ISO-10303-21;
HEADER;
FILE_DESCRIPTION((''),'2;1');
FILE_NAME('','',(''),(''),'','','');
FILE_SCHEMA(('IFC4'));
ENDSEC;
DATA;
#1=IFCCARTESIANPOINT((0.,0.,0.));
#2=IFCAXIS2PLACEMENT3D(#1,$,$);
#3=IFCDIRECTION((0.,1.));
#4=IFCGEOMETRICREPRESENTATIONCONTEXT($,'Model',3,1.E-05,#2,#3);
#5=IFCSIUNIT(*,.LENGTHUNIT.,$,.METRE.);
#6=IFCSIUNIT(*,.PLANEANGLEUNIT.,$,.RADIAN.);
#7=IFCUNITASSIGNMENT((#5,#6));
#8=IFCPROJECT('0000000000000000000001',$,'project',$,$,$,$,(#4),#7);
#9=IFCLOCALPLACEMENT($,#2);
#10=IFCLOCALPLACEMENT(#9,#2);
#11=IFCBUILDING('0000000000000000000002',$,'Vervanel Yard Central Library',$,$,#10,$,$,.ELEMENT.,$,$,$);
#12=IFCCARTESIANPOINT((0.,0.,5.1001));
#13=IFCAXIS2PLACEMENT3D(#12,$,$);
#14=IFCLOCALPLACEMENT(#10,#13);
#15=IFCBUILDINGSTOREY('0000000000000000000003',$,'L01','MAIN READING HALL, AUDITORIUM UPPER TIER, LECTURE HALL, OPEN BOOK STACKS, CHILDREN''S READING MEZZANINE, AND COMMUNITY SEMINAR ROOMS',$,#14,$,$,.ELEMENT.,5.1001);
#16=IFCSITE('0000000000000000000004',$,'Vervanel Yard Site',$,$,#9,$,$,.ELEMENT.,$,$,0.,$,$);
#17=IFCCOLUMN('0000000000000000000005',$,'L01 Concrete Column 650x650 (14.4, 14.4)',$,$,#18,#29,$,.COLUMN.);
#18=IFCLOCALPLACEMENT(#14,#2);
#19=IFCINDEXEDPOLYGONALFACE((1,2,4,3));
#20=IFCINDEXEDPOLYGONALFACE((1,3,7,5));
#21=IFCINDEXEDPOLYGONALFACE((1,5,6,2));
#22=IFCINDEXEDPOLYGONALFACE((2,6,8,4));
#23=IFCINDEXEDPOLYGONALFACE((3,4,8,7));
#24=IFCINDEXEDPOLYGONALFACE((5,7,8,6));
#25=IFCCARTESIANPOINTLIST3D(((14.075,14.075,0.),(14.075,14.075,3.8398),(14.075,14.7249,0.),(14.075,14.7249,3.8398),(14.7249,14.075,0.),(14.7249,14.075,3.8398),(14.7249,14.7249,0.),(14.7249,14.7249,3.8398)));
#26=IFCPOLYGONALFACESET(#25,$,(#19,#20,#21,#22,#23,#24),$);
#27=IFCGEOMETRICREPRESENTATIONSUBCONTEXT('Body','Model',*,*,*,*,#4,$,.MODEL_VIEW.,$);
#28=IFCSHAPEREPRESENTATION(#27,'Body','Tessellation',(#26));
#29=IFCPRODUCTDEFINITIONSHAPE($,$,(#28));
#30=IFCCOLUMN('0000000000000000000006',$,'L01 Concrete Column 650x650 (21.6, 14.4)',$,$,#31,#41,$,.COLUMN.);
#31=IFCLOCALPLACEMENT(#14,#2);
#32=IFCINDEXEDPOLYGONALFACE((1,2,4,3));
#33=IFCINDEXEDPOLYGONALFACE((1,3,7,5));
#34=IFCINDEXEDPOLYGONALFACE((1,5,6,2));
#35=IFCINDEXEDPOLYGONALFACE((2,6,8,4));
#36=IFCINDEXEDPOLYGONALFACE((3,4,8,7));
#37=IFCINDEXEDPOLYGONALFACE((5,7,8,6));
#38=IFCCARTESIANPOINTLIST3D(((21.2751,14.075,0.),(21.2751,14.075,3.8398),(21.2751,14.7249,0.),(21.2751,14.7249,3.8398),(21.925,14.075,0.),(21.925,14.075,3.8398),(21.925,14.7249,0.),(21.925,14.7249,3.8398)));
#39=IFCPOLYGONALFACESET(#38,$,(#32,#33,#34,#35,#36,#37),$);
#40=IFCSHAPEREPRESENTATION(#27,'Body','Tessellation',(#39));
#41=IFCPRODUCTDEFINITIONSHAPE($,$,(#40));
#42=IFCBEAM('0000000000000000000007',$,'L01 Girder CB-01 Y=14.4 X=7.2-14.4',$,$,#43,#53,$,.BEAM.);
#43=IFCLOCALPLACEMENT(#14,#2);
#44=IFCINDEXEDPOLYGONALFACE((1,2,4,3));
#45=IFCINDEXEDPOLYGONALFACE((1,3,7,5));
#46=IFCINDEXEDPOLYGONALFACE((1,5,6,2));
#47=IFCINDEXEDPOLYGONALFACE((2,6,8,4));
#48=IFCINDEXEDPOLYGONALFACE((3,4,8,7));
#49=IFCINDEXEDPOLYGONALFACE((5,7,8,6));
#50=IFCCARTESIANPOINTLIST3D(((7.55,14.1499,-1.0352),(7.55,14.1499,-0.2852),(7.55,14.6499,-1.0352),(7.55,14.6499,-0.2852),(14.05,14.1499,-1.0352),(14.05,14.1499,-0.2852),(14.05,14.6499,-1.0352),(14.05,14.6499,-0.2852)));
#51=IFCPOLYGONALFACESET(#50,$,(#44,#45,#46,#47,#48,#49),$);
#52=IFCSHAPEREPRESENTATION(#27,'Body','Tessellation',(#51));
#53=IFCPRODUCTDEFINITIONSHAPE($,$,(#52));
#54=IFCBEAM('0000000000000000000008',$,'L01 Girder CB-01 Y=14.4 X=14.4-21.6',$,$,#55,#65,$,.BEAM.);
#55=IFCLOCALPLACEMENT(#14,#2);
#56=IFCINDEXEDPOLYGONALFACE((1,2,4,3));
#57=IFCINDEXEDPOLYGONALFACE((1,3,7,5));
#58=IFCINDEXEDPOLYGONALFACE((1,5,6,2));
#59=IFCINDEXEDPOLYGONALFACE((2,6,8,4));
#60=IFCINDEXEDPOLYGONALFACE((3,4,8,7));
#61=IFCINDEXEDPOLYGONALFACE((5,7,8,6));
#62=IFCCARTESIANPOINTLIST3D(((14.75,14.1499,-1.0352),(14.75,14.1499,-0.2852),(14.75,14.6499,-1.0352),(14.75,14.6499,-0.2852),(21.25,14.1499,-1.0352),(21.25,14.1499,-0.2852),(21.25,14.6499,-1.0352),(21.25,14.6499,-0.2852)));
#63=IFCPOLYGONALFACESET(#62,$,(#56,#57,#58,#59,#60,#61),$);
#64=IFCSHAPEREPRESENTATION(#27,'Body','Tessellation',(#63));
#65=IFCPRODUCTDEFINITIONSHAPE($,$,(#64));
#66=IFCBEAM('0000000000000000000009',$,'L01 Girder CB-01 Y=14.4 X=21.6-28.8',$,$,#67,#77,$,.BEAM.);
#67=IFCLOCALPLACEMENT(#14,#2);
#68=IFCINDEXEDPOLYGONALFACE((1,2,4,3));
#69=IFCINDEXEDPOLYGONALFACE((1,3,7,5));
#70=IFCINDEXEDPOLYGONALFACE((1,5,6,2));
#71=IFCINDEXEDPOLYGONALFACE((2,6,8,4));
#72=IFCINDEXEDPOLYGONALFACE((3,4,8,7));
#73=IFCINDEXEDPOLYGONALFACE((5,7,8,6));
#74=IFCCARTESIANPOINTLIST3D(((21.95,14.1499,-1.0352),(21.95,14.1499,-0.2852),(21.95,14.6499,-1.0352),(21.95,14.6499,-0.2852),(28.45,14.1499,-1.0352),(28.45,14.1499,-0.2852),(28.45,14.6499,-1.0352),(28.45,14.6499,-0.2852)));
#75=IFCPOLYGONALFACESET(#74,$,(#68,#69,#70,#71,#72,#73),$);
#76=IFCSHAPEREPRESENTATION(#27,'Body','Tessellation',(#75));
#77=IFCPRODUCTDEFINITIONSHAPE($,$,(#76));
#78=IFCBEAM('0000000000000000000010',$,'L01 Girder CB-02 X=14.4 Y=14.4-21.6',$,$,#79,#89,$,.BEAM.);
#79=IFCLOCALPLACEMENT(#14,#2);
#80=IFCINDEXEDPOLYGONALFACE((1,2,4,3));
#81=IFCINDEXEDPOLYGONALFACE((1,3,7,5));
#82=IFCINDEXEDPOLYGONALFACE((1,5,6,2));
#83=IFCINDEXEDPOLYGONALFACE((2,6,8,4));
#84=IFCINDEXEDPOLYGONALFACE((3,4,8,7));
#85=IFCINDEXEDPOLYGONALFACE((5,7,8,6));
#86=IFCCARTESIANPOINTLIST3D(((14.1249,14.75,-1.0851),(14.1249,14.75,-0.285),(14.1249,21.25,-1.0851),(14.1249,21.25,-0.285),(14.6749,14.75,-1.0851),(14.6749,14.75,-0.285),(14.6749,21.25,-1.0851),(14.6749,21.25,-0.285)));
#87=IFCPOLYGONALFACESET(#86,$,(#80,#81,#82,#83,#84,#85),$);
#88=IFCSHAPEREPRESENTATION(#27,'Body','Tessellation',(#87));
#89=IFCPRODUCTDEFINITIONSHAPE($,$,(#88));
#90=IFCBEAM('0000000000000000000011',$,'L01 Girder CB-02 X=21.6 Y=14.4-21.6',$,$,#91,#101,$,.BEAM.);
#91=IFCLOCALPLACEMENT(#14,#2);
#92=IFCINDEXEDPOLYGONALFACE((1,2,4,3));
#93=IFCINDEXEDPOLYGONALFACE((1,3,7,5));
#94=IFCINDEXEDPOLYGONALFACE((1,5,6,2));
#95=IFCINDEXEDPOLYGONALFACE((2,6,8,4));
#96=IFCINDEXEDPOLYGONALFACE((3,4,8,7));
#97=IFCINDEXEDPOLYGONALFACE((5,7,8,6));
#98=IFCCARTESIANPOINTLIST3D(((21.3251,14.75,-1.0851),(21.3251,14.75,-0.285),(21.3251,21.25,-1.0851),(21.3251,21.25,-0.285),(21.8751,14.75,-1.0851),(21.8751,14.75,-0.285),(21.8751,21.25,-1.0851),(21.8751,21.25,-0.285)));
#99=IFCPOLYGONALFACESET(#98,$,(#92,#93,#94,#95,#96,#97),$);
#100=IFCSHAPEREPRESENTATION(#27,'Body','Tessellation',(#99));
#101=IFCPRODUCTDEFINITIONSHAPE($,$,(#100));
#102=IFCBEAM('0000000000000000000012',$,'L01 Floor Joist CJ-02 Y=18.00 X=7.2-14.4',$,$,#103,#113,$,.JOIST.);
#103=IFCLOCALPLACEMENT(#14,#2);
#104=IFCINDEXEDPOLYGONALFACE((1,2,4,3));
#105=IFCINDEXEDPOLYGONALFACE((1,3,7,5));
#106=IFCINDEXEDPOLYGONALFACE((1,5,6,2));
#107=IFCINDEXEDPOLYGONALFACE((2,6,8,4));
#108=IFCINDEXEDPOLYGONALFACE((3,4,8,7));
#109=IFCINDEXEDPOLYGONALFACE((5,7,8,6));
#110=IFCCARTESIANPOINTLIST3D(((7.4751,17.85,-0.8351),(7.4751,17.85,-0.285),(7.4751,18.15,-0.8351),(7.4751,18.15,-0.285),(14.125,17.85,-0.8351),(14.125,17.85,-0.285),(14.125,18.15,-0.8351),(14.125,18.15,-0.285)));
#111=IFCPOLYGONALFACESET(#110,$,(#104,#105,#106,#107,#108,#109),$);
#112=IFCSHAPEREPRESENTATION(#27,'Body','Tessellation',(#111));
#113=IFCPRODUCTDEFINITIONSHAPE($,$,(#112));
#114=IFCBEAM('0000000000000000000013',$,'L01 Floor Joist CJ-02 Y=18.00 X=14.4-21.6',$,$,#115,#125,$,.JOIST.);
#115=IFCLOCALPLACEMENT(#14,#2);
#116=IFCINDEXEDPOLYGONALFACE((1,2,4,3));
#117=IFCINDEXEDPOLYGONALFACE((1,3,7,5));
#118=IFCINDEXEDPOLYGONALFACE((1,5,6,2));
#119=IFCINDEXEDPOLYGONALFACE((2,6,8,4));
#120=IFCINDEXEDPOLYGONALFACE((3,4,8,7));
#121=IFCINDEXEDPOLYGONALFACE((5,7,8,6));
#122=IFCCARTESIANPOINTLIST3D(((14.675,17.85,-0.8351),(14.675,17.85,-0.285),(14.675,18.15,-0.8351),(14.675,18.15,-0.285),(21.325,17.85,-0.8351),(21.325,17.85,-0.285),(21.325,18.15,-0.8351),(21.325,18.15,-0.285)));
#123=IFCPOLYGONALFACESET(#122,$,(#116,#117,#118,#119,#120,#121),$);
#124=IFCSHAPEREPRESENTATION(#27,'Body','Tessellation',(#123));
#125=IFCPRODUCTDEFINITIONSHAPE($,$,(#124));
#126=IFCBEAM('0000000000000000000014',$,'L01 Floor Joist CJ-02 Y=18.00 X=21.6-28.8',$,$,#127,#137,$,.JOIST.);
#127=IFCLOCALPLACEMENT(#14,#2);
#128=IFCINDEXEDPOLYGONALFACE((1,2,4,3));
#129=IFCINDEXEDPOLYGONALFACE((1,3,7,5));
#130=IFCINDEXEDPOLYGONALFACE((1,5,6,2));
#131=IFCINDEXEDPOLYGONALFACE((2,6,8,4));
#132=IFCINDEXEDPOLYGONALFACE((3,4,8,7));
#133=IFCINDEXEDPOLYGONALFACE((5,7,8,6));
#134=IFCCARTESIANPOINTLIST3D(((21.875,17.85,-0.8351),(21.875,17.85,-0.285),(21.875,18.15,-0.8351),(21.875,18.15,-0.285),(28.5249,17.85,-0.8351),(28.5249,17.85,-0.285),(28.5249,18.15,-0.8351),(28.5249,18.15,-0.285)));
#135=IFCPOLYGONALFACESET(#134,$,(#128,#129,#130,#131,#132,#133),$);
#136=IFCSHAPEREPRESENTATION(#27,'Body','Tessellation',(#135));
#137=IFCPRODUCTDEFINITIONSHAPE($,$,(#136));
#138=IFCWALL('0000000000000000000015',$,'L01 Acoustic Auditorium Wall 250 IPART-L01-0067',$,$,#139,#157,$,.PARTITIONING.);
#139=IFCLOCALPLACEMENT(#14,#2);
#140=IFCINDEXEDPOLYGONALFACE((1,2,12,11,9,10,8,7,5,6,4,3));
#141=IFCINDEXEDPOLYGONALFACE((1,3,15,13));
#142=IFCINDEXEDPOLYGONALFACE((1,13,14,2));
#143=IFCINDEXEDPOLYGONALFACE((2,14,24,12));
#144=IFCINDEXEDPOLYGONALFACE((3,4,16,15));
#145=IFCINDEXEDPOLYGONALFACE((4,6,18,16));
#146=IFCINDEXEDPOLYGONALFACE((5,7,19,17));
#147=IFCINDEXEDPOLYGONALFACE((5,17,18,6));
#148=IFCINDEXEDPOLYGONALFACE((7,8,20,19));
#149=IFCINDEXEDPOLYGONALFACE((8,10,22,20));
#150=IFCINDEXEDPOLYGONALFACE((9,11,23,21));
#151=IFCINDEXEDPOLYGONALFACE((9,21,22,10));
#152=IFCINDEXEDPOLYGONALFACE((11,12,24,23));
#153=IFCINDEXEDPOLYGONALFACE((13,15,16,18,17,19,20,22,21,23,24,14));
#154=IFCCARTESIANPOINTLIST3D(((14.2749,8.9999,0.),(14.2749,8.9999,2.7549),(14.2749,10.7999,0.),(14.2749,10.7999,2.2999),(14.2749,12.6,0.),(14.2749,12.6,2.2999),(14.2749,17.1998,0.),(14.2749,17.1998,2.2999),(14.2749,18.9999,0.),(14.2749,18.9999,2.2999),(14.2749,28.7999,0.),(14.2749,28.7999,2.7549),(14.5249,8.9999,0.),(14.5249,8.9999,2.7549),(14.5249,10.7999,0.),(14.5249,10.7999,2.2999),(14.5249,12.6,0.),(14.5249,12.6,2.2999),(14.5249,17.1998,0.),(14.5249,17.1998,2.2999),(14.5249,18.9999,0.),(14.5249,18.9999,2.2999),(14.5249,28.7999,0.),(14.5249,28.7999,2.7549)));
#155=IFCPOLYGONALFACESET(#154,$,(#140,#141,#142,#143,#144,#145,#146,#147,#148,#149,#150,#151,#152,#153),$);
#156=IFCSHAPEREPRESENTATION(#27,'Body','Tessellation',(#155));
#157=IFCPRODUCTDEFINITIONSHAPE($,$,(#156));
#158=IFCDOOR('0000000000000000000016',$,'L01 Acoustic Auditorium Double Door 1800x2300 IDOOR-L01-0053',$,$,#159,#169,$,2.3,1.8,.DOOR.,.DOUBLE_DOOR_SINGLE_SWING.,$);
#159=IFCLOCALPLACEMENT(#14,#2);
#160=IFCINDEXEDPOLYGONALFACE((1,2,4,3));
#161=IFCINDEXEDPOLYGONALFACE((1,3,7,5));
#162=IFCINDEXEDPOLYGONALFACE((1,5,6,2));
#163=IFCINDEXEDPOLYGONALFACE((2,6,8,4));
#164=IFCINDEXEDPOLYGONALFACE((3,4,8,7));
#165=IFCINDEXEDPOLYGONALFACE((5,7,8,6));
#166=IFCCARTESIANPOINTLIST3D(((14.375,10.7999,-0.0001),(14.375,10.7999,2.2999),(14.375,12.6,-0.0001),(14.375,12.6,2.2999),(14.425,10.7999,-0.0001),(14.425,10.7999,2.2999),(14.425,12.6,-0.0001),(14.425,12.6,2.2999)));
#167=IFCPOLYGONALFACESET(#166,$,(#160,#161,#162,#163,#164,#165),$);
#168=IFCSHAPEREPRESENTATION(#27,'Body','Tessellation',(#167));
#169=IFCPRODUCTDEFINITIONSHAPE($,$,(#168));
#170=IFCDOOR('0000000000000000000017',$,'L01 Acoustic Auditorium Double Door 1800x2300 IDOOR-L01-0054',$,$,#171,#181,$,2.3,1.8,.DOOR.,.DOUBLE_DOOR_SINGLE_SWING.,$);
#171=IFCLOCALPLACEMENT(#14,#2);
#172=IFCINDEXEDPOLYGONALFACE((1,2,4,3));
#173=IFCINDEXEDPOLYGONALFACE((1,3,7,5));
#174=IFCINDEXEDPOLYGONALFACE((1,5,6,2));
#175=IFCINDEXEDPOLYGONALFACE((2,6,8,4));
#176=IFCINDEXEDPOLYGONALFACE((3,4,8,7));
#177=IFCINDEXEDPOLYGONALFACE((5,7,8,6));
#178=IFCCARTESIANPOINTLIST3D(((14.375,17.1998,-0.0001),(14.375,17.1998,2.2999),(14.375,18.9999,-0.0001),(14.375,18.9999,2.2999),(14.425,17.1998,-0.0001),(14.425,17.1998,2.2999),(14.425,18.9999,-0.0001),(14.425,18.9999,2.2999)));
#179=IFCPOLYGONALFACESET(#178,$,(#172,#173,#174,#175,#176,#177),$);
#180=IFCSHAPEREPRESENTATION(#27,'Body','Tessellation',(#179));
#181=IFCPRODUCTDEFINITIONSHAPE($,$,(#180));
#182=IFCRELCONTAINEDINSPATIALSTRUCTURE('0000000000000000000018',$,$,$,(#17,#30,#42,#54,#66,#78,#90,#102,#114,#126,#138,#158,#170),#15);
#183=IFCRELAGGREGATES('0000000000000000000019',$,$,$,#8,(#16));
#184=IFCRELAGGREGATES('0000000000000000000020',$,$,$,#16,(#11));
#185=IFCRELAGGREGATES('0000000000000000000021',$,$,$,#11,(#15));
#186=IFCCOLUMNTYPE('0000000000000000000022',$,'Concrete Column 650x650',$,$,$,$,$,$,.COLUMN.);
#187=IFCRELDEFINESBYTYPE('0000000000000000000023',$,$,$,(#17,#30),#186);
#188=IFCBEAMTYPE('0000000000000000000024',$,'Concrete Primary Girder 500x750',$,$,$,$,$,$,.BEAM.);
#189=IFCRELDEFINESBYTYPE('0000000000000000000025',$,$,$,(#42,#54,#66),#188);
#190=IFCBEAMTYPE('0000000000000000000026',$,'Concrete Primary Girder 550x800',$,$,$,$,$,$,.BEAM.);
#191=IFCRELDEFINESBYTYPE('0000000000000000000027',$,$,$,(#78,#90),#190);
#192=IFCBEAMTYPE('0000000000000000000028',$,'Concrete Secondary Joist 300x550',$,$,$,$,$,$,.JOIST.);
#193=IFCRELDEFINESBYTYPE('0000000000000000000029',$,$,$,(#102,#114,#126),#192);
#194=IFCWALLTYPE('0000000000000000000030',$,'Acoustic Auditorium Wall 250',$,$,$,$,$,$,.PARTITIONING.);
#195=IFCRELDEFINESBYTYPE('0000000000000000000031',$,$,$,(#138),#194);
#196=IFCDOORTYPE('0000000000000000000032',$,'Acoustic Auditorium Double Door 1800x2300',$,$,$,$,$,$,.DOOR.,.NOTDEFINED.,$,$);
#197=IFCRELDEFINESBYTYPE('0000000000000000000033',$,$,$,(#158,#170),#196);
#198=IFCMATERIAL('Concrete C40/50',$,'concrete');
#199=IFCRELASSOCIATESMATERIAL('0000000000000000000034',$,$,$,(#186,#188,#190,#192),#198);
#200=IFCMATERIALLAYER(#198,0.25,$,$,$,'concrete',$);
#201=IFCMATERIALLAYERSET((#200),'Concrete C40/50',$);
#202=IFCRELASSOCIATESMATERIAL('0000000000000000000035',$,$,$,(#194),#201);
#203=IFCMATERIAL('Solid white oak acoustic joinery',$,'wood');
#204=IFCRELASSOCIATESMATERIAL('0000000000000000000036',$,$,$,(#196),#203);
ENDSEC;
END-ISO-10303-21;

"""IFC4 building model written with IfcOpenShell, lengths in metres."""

from ifc_helpers import new_model, si_unit, direction, frame, frame_2d, origin, origin_2d, place, context, subcontext, project, spatial, rectangle, extrude, material, layer, layer_set, material_profile, profile_set, type_object, element, fill, save


model = new_model("IFC4")

# Units and contexts
model_context = context("Model", 3, precision=1e-05, world=origin(), true_north=direction((0.0, 1.0)))
body_context = subcontext(model_context, "Body", "Model", "MODEL_VIEW")
ifc_project = project(units=[si_unit("LENGTHUNIT", "METRE"), si_unit("PLANEANGLEUNIT", "RADIAN")], contexts=[model_context])

# Site, building, storey
site_placement = place(None, origin())
site = spatial("IfcSite", under=ifc_project, at=site_placement, Name="Vervanel Yard Site", CompositionType="ELEMENT", RefElevation=0.0)
building_placement = place(site_placement, origin())
building = spatial("IfcBuilding", under=site, at=building_placement, Name="Vervanel Yard Central Library", CompositionType="ELEMENT")
storey_placement = place(building_placement, frame((0.0, 0.0, 5.1001)))
storey = spatial("IfcBuildingStorey", under=building, at=storey_placement, Name="L01", Description="MAIN READING HALL, AUDITORIUM UPPER TIER, LECTURE HALL, OPEN BOOK STACKS, CHILDREN'S READING MEZZANINE, AND COMMUNITY SEMINAR ROOMS", CompositionType="ELEMENT", Elevation=5.1001)

# Columns
ifc_material_1 = material(Name="Concrete C40/50", Category="concrete")
ifc_material_profile_1 = material_profile(ifc_material_1, rectangle(XDim=0.6499, YDim=0.6499, at=origin_2d()), Name="RC 650x650", Category="concrete")
ifc_profile_set_1 = profile_set([ifc_material_profile_1], Name="Concrete C40/50")
column_type = type_object("IfcColumnType", Name="Concrete Column 650x650", PredefinedType="COLUMN", material=ifc_profile_set_1)
for number, where, z_axis, x_axis, name in (
    (1, (14.3999, 14.3999, 0.0), (0.0, 0.0, 1.0), (1.0, 0.0, 0.0), "L01 Concrete Column 650x650 (14.4, 14.4)"),
    (2, (21.6001, 14.3999, 0.0), (0.0, 0.0, 1.0), (1.0, 0.0, 0.0), "L01 Concrete Column 650x650 (21.6, 14.4)"),
):
    element("IfcColumn", number, at=place(storey_placement, frame(where, z_axis=z_axis, x_axis=x_axis)), inside=storey, type_object=column_type, Name=name, PredefinedType="COLUMN", context=body_context, shape_type="SweptSolid", body=[
        extrude(rectangle(XDim=0.6499, YDim=0.6499, at=origin_2d()), origin(), (0.0, 0.0, 1.0), 3.8398),
    ])

# Beams
ifc_material_profile_2 = material_profile(ifc_material_1, rectangle(XDim=0.5, YDim=0.75, at=origin_2d()), Name="RC 500x750", Category="concrete")
ifc_profile_set_2 = profile_set([ifc_material_profile_2], Name="Concrete C40/50")
beam_type_1 = type_object("IfcBeamType", Name="Concrete Primary Girder 500x750", PredefinedType="BEAM", material=ifc_profile_set_2)
for number, where, z_axis, x_axis, name in (
    (3, (7.55, 14.3999, -0.6602), (1.0, 0.0, 0.0), (0.0, 1.0, 0.0), "L01 Girder CB-01 Y=14.4 X=7.2-14.4"),
    (4, (14.75, 14.3999, -0.6602), (1.0, 0.0, 0.0), (0.0, 1.0, 0.0), "L01 Girder CB-01 Y=14.4 X=14.4-21.6"),
    (5, (21.95, 14.3999, -0.6602), (1.0, 0.0, 0.0), (0.0, 1.0, 0.0), "L01 Girder CB-01 Y=14.4 X=21.6-28.8"),
):
    element("IfcBeam", number, at=place(storey_placement, frame(where, z_axis=z_axis, x_axis=x_axis)), inside=storey, type_object=beam_type_1, Name=name, PredefinedType="BEAM", context=body_context, shape_type="SweptSolid", body=[
        extrude(rectangle(XDim=0.5, YDim=0.75, at=origin_2d()), origin(), (0.0, 0.0, 1.0), 6.5),
    ])
ifc_material_profile_3 = material_profile(ifc_material_1, rectangle(XDim=0.55, YDim=0.8, at=origin_2d()), Name="RC 550x800", Category="concrete")
ifc_profile_set_3 = profile_set([ifc_material_profile_3], Name="Concrete C40/50")
beam_type_2 = type_object("IfcBeamType", Name="Concrete Primary Girder 550x800", PredefinedType="BEAM", material=ifc_profile_set_3)
for number, where, z_axis, x_axis, name in (
    (6, (14.3999, 14.75, -0.6851), (0.0, 1.0, 0.0), (-1.0, 0.0, 0.0), "L01 Girder CB-02 X=14.4 Y=14.4-21.6"),
    (7, (21.6001, 14.75, -0.6851), (0.0, 1.0, 0.0), (-1.0, 0.0, 0.0), "L01 Girder CB-02 X=21.6 Y=14.4-21.6"),
):
    element("IfcBeam", number, at=place(storey_placement, frame(where, z_axis=z_axis, x_axis=x_axis)), inside=storey, type_object=beam_type_2, Name=name, PredefinedType="BEAM", context=body_context, shape_type="SweptSolid", body=[
        extrude(rectangle(XDim=0.55, YDim=0.8, at=origin_2d()), origin(), (0.0, 0.0, 1.0), 6.5),
    ])
ifc_material_profile_4 = material_profile(ifc_material_1, rectangle(XDim=0.3, YDim=0.55, at=origin_2d()), Name="RC 300x550", Category="concrete")
ifc_profile_set_4 = profile_set([ifc_material_profile_4], Name="Concrete C40/50")
beam_type_3 = type_object("IfcBeamType", Name="Concrete Secondary Joist 300x550", PredefinedType="JOIST", material=ifc_profile_set_4)
for number, where, z_axis, x_axis, name in (
    (8, (7.4751, 18.0, -0.5601), (1.0, 0.0, 0.0), (0.0, 1.0, 0.0), "L01 Floor Joist CJ-02 Y=18.00 X=7.2-14.4"),
    (9, (14.675, 18.0, -0.5601), (1.0, 0.0, 0.0), (0.0, 1.0, 0.0), "L01 Floor Joist CJ-02 Y=18.00 X=14.4-21.6"),
    (10, (21.875, 18.0, -0.5601), (1.0, 0.0, 0.0), (0.0, 1.0, 0.0), "L01 Floor Joist CJ-02 Y=18.00 X=21.6-28.8"),
):
    element("IfcBeam", number, at=place(storey_placement, frame(where, z_axis=z_axis, x_axis=x_axis)), inside=storey, type_object=beam_type_3, Name=name, PredefinedType="JOIST", context=body_context, shape_type="SweptSolid", body=[
        extrude(rectangle(XDim=0.3, YDim=0.55, at=origin_2d()), origin(), (0.0, 0.0, 1.0), 6.6499),
    ])

# Wall, openings, doors
ifc_layer_1 = layer(ifc_material_1, 0.25, Category="concrete")
ifc_layer_set_1 = layer_set([ifc_layer_1], Name="Concrete C40/50")
wall_type_1 = type_object("IfcWallType", Name="Acoustic Auditorium Wall 250", PredefinedType="PARTITIONING", material=ifc_layer_set_1)
wall_1_placement = place(storey_placement, frame((14.3999, 9.0, 0.0), z_axis=(0.0, 0.0, 1.0), x_axis=(0.0, 1.0, 0.0)))
wall_1 = element("IfcWall", 11, at=wall_1_placement, inside=storey, type_object=wall_type_1, Name="L01 Acoustic Auditorium Wall 250 IPART-L01-0067", PredefinedType="PARTITIONING", context=body_context, shape_type="SweptSolid", body=[
    extrude(rectangle(XDim=19.8, YDim=0.25, at=frame_2d((9.8999, 0.0))), origin(), (0.0, 0.0, 1.0), 2.7549),
])
opening_1_placement = place(wall_1_placement, frame((1.8, 0.0, 0.0)))
opening_1 = element("IfcOpeningElement", 12, at=opening_1_placement, cuts=wall_1, PredefinedType="OPENING", context=body_context, shape_type="SweptSolid", body=[
    extrude(rectangle(XDim=1.8, YDim=2.3, at=frame_2d((0.8999, 1.1499))), frame((0.0, 0.135, 0.0), z_axis=(0.0, -1.0, 0.0), x_axis=(1.0, 0.0, 0.0)), (0.0, 0.0, 1.0), 0.27),
])
opening_2_placement = place(wall_1_placement, frame((8.2, 0.0, 0.0)))
opening_2 = element("IfcOpeningElement", 13, at=opening_2_placement, cuts=wall_1, PredefinedType="OPENING", context=body_context, shape_type="SweptSolid", body=[
    extrude(rectangle(XDim=1.8, YDim=2.3, at=frame_2d((0.8999, 1.1499))), frame((0.0, 0.135, 0.0), z_axis=(0.0, -1.0, 0.0), x_axis=(1.0, 0.0, 0.0)), (0.0, 0.0, 1.0), 0.27),
])
ifc_material_2 = material(Name="Solid white oak acoustic joinery", Category="wood")
door_type_1 = type_object("IfcDoorType", Name="Acoustic Auditorium Double Door 1800x2300", OperationType="NOTDEFINED", PredefinedType="DOOR", material=ifc_material_2)
door_1_placement = place(opening_1_placement, origin())
door_1 = element("IfcDoor", 14, at=door_1_placement, inside=storey, type_object=door_type_1, Name="L01 Acoustic Auditorium Double Door 1800x2300 IDOOR-L01-0053", OperationType="DOUBLE_DOOR_SINGLE_SWING", OverallHeight=2.3, OverallWidth=1.8, PredefinedType="DOOR", context=body_context, shape_type="SweptSolid", body=[
    extrude(rectangle(XDim=1.8, YDim=2.3, at=frame_2d((0.8999, 1.1499))), frame((0.0, 0.0249, 0.0), z_axis=(0.0, -1.0, 0.0), x_axis=(1.0, 0.0, 0.0)), (0.0, 0.0, 1.0), 0.05),
])
fill(opening_1, door_1)
door_2_placement = place(opening_2_placement, origin())
door_2 = element("IfcDoor", 15, at=door_2_placement, inside=storey, type_object=door_type_1, Name="L01 Acoustic Auditorium Double Door 1800x2300 IDOOR-L01-0054", OperationType="DOUBLE_DOOR_SINGLE_SWING", OverallHeight=2.3, OverallWidth=1.8, PredefinedType="DOOR", context=body_context, shape_type="SweptSolid", body=[
    extrude(rectangle(XDim=1.8, YDim=2.3, at=frame_2d((0.8999, 1.1499))), frame((0.0, 0.0249, 0.0), z_axis=(0.0, -1.0, 0.0), x_axis=(1.0, 0.0, 0.0)), (0.0, 0.0, 1.0), 0.05),
])
fill(opening_2, door_2)

save(model, "model.ifc")
